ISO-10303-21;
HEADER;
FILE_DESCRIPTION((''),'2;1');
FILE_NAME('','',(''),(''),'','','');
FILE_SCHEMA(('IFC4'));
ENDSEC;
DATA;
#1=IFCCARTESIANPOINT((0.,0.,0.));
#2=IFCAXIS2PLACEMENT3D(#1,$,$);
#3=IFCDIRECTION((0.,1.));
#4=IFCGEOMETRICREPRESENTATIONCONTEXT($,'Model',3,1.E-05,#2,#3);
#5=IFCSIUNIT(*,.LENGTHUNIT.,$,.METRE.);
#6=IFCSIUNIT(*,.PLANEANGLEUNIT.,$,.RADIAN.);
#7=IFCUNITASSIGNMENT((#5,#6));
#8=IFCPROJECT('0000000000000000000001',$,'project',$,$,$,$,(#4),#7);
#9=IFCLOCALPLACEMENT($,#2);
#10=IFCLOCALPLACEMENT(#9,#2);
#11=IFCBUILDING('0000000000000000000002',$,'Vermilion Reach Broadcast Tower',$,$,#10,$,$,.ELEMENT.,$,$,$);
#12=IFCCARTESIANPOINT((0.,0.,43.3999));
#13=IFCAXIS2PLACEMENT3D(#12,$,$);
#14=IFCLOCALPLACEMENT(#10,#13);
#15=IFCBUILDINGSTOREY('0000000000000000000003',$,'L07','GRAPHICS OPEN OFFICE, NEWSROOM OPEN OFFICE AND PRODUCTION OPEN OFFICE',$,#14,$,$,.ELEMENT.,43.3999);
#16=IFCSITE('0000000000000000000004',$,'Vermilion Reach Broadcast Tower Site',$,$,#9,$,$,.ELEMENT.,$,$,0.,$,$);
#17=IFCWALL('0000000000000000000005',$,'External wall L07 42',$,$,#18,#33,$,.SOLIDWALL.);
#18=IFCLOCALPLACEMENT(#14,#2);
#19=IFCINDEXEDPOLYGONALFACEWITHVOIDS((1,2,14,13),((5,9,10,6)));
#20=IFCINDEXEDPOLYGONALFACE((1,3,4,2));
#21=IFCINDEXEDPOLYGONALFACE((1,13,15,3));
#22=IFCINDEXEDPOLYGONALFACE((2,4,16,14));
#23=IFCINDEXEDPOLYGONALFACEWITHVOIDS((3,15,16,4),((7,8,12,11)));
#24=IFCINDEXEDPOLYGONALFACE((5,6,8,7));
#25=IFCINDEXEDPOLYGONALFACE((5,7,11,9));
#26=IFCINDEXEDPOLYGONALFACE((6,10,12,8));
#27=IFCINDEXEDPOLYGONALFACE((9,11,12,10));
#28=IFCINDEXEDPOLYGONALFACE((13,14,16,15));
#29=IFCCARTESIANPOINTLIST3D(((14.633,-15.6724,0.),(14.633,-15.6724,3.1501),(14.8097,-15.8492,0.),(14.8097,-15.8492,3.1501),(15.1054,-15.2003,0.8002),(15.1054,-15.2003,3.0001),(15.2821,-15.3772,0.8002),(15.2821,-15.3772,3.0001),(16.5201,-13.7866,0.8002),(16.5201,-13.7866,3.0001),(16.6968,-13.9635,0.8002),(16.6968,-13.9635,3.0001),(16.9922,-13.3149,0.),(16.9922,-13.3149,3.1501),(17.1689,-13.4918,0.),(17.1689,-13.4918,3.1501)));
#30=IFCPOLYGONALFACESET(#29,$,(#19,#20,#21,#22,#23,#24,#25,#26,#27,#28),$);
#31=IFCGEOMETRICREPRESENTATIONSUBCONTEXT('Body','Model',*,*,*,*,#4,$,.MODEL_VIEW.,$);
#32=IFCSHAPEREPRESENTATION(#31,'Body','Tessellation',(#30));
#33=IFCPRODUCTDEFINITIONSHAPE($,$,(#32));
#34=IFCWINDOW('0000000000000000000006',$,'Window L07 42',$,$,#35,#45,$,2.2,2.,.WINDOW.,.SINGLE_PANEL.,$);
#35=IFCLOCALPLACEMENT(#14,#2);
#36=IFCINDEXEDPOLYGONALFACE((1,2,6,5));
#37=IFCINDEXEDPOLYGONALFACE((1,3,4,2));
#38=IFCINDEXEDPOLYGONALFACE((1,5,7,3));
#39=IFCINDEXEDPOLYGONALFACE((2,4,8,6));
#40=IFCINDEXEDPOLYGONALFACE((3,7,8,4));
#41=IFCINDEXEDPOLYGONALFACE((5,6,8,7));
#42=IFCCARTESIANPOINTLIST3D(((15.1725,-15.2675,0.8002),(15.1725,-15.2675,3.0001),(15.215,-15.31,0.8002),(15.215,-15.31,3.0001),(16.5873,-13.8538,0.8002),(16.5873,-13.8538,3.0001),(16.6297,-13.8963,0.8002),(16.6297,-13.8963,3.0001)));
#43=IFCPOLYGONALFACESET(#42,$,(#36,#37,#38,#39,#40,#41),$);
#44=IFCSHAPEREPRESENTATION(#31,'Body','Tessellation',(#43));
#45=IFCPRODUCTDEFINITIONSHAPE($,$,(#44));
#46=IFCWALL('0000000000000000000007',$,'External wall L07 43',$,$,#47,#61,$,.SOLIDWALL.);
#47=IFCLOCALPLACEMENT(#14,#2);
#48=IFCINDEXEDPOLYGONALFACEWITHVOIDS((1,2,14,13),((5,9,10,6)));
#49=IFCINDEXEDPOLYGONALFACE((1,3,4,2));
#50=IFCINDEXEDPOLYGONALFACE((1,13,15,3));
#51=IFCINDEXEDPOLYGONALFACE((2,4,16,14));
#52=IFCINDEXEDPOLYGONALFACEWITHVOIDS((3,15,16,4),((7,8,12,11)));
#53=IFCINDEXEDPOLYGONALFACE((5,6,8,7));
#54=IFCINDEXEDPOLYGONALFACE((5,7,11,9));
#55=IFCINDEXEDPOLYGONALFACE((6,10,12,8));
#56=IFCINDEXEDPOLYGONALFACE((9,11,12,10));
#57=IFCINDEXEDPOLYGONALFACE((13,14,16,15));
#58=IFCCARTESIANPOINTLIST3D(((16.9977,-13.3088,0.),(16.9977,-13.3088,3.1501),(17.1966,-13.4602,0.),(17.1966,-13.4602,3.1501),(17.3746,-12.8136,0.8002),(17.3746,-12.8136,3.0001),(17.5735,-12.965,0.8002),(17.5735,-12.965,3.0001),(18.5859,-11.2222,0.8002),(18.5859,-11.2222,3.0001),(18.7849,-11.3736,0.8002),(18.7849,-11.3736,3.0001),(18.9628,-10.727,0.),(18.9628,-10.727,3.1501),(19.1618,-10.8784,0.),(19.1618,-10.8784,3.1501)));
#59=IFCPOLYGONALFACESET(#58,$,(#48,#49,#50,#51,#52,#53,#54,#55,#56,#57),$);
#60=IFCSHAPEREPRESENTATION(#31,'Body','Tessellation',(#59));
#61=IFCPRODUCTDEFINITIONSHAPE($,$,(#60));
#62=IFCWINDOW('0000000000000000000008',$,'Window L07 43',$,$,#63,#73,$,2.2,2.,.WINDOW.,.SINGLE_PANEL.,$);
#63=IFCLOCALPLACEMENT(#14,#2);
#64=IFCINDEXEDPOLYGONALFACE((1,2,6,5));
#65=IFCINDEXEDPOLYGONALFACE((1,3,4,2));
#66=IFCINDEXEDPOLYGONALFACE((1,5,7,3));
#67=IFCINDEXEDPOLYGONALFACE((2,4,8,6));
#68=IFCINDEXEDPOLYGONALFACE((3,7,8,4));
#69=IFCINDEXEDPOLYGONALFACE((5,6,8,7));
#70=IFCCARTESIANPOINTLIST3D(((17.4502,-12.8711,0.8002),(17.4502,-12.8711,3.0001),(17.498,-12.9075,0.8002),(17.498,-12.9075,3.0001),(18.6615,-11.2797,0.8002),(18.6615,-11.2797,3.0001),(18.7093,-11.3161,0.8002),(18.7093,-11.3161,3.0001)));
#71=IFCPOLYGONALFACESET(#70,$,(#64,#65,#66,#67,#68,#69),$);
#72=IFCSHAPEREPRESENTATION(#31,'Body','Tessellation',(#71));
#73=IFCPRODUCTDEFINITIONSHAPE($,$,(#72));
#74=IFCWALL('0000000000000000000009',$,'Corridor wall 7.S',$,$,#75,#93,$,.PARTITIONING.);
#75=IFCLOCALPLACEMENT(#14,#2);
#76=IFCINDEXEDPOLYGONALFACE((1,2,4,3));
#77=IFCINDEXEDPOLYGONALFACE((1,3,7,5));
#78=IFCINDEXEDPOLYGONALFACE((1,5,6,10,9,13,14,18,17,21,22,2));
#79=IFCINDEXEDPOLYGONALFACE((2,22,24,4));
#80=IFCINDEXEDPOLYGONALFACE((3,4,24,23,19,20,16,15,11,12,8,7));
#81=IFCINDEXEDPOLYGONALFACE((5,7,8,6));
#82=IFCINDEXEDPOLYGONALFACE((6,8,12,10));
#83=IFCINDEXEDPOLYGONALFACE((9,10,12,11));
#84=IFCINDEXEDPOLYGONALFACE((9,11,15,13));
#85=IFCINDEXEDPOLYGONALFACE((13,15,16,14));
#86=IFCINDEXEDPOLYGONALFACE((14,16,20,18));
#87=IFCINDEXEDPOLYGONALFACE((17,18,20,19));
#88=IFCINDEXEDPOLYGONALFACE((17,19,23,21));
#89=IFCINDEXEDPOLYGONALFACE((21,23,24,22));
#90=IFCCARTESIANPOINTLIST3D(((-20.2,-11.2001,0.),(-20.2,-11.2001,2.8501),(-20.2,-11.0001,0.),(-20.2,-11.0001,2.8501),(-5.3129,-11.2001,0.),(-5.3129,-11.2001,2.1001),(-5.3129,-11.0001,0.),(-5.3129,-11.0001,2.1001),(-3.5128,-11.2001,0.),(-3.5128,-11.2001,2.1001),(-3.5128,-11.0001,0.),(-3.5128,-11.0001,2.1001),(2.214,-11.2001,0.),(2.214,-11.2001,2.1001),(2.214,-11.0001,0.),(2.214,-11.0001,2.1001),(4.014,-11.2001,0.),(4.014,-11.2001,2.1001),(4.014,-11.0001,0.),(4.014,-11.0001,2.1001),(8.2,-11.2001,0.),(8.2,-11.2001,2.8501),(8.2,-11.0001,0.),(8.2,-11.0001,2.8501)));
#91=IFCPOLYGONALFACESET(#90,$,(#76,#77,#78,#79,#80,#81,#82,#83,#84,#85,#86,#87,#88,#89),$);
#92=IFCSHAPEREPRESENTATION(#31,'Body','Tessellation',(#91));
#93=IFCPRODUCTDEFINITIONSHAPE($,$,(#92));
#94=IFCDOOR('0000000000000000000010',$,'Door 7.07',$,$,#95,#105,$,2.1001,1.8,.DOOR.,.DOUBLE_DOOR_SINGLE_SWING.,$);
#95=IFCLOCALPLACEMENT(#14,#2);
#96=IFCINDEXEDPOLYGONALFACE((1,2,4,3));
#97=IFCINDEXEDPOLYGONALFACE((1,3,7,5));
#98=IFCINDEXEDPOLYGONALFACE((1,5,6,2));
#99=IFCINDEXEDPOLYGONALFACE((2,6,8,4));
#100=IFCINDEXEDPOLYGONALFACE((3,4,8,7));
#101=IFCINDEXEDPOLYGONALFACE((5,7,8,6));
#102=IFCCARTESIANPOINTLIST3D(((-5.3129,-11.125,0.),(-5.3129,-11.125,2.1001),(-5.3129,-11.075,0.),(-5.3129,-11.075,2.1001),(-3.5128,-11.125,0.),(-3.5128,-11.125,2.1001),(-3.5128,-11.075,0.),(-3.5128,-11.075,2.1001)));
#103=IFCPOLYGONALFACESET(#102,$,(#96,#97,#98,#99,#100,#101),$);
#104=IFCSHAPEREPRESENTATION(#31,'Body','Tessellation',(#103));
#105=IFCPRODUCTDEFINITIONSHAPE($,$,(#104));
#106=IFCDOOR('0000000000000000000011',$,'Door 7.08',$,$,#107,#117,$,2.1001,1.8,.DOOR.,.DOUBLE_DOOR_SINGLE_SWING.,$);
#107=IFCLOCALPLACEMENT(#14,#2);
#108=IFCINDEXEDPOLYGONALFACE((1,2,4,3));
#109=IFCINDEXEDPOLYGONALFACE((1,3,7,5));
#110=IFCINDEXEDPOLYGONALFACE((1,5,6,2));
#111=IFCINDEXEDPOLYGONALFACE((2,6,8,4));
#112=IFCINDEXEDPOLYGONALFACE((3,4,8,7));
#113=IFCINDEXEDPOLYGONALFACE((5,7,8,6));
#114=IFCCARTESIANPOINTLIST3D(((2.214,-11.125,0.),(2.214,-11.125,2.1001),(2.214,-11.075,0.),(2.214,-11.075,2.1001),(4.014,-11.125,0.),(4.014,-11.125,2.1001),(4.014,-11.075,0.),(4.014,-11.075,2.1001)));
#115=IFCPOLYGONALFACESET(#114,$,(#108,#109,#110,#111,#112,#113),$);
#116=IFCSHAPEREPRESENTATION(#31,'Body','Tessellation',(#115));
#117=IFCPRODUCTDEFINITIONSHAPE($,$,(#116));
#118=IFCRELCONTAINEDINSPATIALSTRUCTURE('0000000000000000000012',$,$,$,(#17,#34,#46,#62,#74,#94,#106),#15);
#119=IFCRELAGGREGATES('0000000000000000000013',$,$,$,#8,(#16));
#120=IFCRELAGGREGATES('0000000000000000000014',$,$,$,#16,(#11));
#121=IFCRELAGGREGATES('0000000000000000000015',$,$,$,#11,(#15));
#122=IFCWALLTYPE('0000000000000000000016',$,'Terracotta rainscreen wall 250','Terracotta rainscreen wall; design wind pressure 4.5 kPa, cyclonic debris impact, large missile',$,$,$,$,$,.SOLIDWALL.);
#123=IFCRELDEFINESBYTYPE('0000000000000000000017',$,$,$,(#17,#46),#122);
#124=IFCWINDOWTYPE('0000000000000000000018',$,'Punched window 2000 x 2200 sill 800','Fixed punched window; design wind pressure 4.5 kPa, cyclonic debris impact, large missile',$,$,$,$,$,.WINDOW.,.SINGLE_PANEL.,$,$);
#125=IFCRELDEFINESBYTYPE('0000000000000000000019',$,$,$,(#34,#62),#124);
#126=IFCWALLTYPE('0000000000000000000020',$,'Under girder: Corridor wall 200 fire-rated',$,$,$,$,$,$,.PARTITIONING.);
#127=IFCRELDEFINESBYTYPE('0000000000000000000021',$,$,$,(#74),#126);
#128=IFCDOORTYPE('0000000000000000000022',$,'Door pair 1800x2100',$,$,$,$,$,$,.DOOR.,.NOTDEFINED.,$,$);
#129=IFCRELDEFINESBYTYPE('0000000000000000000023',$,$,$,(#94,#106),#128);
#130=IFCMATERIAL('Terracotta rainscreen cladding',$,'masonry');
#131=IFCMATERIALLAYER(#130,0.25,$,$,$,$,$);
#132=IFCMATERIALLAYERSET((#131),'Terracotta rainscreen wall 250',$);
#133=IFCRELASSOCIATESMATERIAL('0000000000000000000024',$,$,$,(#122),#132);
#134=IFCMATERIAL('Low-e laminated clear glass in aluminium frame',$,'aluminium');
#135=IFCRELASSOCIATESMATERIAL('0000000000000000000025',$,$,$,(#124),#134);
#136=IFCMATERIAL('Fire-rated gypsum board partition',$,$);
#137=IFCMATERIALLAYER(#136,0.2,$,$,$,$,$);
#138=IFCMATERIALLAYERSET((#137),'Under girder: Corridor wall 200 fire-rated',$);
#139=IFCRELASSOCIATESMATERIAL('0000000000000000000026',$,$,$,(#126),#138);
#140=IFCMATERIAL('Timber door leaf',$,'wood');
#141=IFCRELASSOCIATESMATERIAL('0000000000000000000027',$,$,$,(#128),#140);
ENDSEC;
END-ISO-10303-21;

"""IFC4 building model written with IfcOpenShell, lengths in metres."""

from ifc_helpers import new_model, si_unit, direction, frame, frame_2d, origin, place, context, subcontext, project, spatial, rectangle, extrude, material, layer, layer_set, type_object, element, fill, save


model = new_model("IFC4")

# Units and contexts
model_context = context("Model", 3, precision=1e-05, world=origin(), true_north=direction((0.0, 1.0)))
body_context = subcontext(model_context, "Body", "Model", "MODEL_VIEW")
ifc_project = project(units=[si_unit("LENGTHUNIT", "METRE"), si_unit("PLANEANGLEUNIT", "RADIAN")], contexts=[model_context])

# Site, building, storey
site_placement = place(None, origin())
site = spatial("IfcSite", under=ifc_project, at=site_placement, Name="Vermilion Reach Broadcast Tower Site", CompositionType="ELEMENT", RefElevation=0.0)
building_placement = place(site_placement, origin())
building = spatial("IfcBuilding", under=site, at=building_placement, Name="Vermilion Reach Broadcast Tower", CompositionType="ELEMENT")
storey_placement = place(building_placement, frame((0.0, 0.0, 43.3999)))
storey = spatial("IfcBuildingStorey", under=building, at=storey_placement, Name="L07", Description="GRAPHICS OPEN OFFICE, NEWSROOM OPEN OFFICE AND PRODUCTION OPEN OFFICE", CompositionType="ELEMENT", Elevation=43.3999)

# Shared definitions
ifc_material_1 = material(Name="Terracotta rainscreen cladding", Category="masonry")
ifc_layer_1 = layer(ifc_material_1, 0.25)
ifc_layer_set_1 = layer_set([ifc_layer_1], Name="Terracotta rainscreen wall 250")
wall_type_1 = type_object("IfcWallType", Name="Terracotta rainscreen wall 250", Description="Terracotta rainscreen wall; design wind pressure 4.5 kPa, cyclonic debris impact, large missile", PredefinedType="SOLIDWALL", material=ifc_layer_set_1)
ifc_material_2 = material(Name="Low-e laminated clear glass in aluminium frame", Category="aluminium")
window_type = type_object("IfcWindowType", Name="Punched window 2000 x 2200 sill 800", Description="Fixed punched window; design wind pressure 4.5 kPa, cyclonic debris impact, large missile", PartitioningType="SINGLE_PANEL", PredefinedType="WINDOW", material=ifc_material_2)

# Walls, openings, windows
wall_1_placement = place(storey_placement, frame((14.7214, -15.7607, 0.0), z_axis=(0.0, 0.0, 1.0), x_axis=(0.707363, 0.706851, 0.0)))
wall_1 = element("IfcWall", 1, at=wall_1_placement, inside=storey, type_object=wall_type_1, Name="External wall L07 42", PredefinedType="SOLIDWALL", context=body_context, shape_type="SweptSolid", body=[
    extrude(rectangle(XDim=3.3352, YDim=0.25, at=frame_2d((1.6675, 0.0))), origin(), (0.0, 0.0, 1.0), 3.1501),
])
opening_1_placement = place(wall_1_placement, frame((0.6677, 0.0, 0.8)))
opening_1 = element("IfcOpeningElement", 2, at=opening_1_placement, cuts=wall_1, PredefinedType="OPENING", context=body_context, shape_type="SweptSolid", body=[
    extrude(rectangle(XDim=2.0, YDim=2.2, at=frame_2d((1.0, 1.1001))), frame((0.0, 0.135, 0.0), z_axis=(0.0, -1.0, 0.0), x_axis=(1.0, 0.0, 0.0)), (0.0, 0.0, 1.0), 0.27),
])
window_1_placement = place(opening_1_placement, origin())
window_1 = element("IfcWindow", 3, at=window_1_placement, inside=storey, type_object=window_type, Name="Window L07 42", OverallHeight=2.2, OverallWidth=2.0, PartitioningType="SINGLE_PANEL", PredefinedType="WINDOW", context=body_context, shape_type="SweptSolid", body=[
    extrude(rectangle(XDim=2.0, YDim=2.2, at=frame_2d((1.0, 1.1001))), frame((0.0, 0.03, 0.0), z_axis=(0.0, -1.0, 0.0), x_axis=(1.0, 0.0, 0.0)), (0.0, 0.0, 1.0), 0.0601),
])
fill(opening_1, window_1)
wall_2_placement = place(storey_placement, frame((17.0972, -13.3845, 0.0), z_axis=(0.0, 0.0, 1.0), x_axis=(0.605655, 0.795727, 0.0)))
wall_2 = element("IfcWall", 4, at=wall_2_placement, inside=storey, type_object=wall_type_1, Name="External wall L07 43", PredefinedType="SOLIDWALL", context=body_context, shape_type="SweptSolid", body=[
    extrude(rectangle(XDim=3.2446, YDim=0.25, at=frame_2d((1.6223, 0.0))), origin(), (0.0, 0.0, 1.0), 3.1501),
])
opening_2_placement = place(wall_2_placement, frame((0.6223, 0.0, 0.8)))
opening_2 = element("IfcOpeningElement", 5, at=opening_2_placement, cuts=wall_2, PredefinedType="OPENING", context=body_context, shape_type="SweptSolid", body=[
    extrude(rectangle(XDim=2.0, YDim=2.2, at=frame_2d((1.0, 1.1001))), frame((0.0, 0.135, 0.0), z_axis=(0.0, -1.0, 0.0), x_axis=(1.0, 0.0, 0.0)), (0.0, 0.0, 1.0), 0.27),
])
window_2_placement = place(opening_2_placement, origin())
window_2 = element("IfcWindow", 6, at=window_2_placement, inside=storey, type_object=window_type, Name="Window L07 43", OverallHeight=2.2, OverallWidth=2.0, PartitioningType="SINGLE_PANEL", PredefinedType="WINDOW", context=body_context, shape_type="SweptSolid", body=[
    extrude(rectangle(XDim=2.0, YDim=2.2, at=frame_2d((1.0, 1.1001))), frame((0.0, 0.03, 0.0), z_axis=(0.0, -1.0, 0.0), x_axis=(1.0, 0.0, 0.0)), (0.0, 0.0, 1.0), 0.0601),
])
fill(opening_2, window_2)

# Wall, openings, doors
ifc_material_3 = material(Name="Fire-rated gypsum board partition")
ifc_layer_2 = layer(ifc_material_3, 0.2)
ifc_layer_set_2 = layer_set([ifc_layer_2], Name="Under girder: Corridor wall 200 fire-rated")
wall_type_2 = type_object("IfcWallType", Name="Under girder: Corridor wall 200 fire-rated", PredefinedType="PARTITIONING", material=ifc_layer_set_2)
wall_3_placement = place(storey_placement, frame((8.2, -11.1001, 0.0), z_axis=(0.0, 0.0, 1.0), x_axis=(-1.0, 0.0, 0.0)))
wall_3 = element("IfcWall", 7, at=wall_3_placement, inside=storey, type_object=wall_type_2, Name="Corridor wall 7.S", PredefinedType="PARTITIONING", context=body_context, shape_type="SweptSolid", body=[
    extrude(rectangle(XDim=28.3999, YDim=0.2, at=frame_2d((14.2, 0.0))), origin(), (0.0, 0.0, 1.0), 2.8501),
])
opening_3_placement = place(wall_3_placement, frame((11.7129, 0.0, 0.0)))
opening_3 = element("IfcOpeningElement", 8, at=opening_3_placement, cuts=wall_3, PredefinedType="OPENING", context=body_context, shape_type="SweptSolid", body=[
    extrude(rectangle(XDim=1.8, YDim=2.1001, at=frame_2d((0.8999, 1.05))), frame((0.0, 0.1099, 0.0), z_axis=(0.0, -1.0, 0.0), x_axis=(1.0, 0.0, 0.0)), (0.0, 0.0, 1.0), 0.22),
])
opening_4_placement = place(wall_3_placement, frame((4.186, 0.0, 0.0)))
opening_4 = element("IfcOpeningElement", 9, at=opening_4_placement, cuts=wall_3, PredefinedType="OPENING", context=body_context, shape_type="SweptSolid", body=[
    extrude(rectangle(XDim=1.8, YDim=2.1001, at=frame_2d((0.8999, 1.05))), frame((0.0, 0.1099, 0.0), z_axis=(0.0, -1.0, 0.0), x_axis=(1.0, 0.0, 0.0)), (0.0, 0.0, 1.0), 0.22),
])
ifc_material_4 = material(Name="Timber door leaf", Category="wood")
door_type_1 = type_object("IfcDoorType", Name="Door pair 1800x2100", OperationType="NOTDEFINED", PredefinedType="DOOR", material=ifc_material_4)
door_1_placement = place(opening_3_placement, origin())
door_1 = element("IfcDoor", 10, at=door_1_placement, inside=storey, type_object=door_type_1, Name="Door 7.07", OperationType="DOUBLE_DOOR_SINGLE_SWING", OverallHeight=2.1001, OverallWidth=1.8, PredefinedType="DOOR", context=body_context, shape_type="SweptSolid", body=[
    extrude(rectangle(XDim=1.8, YDim=2.1001, at=frame_2d((0.8999, 1.05))), frame((0.0, 0.0249, 0.0), z_axis=(0.0, -1.0, 0.0), x_axis=(1.0, 0.0, 0.0)), (0.0, 0.0, 1.0), 0.05),
])
fill(opening_3, door_1)
door_2_placement = place(opening_4_placement, origin())
door_2 = element("IfcDoor", 11, at=door_2_placement, inside=storey, type_object=door_type_1, Name="Door 7.08", OperationType="DOUBLE_DOOR_SINGLE_SWING", OverallHeight=2.1001, OverallWidth=1.8, PredefinedType="DOOR", context=body_context, shape_type="SweptSolid", body=[
    extrude(rectangle(XDim=1.8, YDim=2.1001, at=frame_2d((0.8999, 1.05))), frame((0.0, 0.0249, 0.0), z_axis=(0.0, -1.0, 0.0), x_axis=(1.0, 0.0, 0.0)), (0.0, 0.0, 1.0), 0.05),
])
fill(opening_4, door_2)

save(model, "model.ifc")
